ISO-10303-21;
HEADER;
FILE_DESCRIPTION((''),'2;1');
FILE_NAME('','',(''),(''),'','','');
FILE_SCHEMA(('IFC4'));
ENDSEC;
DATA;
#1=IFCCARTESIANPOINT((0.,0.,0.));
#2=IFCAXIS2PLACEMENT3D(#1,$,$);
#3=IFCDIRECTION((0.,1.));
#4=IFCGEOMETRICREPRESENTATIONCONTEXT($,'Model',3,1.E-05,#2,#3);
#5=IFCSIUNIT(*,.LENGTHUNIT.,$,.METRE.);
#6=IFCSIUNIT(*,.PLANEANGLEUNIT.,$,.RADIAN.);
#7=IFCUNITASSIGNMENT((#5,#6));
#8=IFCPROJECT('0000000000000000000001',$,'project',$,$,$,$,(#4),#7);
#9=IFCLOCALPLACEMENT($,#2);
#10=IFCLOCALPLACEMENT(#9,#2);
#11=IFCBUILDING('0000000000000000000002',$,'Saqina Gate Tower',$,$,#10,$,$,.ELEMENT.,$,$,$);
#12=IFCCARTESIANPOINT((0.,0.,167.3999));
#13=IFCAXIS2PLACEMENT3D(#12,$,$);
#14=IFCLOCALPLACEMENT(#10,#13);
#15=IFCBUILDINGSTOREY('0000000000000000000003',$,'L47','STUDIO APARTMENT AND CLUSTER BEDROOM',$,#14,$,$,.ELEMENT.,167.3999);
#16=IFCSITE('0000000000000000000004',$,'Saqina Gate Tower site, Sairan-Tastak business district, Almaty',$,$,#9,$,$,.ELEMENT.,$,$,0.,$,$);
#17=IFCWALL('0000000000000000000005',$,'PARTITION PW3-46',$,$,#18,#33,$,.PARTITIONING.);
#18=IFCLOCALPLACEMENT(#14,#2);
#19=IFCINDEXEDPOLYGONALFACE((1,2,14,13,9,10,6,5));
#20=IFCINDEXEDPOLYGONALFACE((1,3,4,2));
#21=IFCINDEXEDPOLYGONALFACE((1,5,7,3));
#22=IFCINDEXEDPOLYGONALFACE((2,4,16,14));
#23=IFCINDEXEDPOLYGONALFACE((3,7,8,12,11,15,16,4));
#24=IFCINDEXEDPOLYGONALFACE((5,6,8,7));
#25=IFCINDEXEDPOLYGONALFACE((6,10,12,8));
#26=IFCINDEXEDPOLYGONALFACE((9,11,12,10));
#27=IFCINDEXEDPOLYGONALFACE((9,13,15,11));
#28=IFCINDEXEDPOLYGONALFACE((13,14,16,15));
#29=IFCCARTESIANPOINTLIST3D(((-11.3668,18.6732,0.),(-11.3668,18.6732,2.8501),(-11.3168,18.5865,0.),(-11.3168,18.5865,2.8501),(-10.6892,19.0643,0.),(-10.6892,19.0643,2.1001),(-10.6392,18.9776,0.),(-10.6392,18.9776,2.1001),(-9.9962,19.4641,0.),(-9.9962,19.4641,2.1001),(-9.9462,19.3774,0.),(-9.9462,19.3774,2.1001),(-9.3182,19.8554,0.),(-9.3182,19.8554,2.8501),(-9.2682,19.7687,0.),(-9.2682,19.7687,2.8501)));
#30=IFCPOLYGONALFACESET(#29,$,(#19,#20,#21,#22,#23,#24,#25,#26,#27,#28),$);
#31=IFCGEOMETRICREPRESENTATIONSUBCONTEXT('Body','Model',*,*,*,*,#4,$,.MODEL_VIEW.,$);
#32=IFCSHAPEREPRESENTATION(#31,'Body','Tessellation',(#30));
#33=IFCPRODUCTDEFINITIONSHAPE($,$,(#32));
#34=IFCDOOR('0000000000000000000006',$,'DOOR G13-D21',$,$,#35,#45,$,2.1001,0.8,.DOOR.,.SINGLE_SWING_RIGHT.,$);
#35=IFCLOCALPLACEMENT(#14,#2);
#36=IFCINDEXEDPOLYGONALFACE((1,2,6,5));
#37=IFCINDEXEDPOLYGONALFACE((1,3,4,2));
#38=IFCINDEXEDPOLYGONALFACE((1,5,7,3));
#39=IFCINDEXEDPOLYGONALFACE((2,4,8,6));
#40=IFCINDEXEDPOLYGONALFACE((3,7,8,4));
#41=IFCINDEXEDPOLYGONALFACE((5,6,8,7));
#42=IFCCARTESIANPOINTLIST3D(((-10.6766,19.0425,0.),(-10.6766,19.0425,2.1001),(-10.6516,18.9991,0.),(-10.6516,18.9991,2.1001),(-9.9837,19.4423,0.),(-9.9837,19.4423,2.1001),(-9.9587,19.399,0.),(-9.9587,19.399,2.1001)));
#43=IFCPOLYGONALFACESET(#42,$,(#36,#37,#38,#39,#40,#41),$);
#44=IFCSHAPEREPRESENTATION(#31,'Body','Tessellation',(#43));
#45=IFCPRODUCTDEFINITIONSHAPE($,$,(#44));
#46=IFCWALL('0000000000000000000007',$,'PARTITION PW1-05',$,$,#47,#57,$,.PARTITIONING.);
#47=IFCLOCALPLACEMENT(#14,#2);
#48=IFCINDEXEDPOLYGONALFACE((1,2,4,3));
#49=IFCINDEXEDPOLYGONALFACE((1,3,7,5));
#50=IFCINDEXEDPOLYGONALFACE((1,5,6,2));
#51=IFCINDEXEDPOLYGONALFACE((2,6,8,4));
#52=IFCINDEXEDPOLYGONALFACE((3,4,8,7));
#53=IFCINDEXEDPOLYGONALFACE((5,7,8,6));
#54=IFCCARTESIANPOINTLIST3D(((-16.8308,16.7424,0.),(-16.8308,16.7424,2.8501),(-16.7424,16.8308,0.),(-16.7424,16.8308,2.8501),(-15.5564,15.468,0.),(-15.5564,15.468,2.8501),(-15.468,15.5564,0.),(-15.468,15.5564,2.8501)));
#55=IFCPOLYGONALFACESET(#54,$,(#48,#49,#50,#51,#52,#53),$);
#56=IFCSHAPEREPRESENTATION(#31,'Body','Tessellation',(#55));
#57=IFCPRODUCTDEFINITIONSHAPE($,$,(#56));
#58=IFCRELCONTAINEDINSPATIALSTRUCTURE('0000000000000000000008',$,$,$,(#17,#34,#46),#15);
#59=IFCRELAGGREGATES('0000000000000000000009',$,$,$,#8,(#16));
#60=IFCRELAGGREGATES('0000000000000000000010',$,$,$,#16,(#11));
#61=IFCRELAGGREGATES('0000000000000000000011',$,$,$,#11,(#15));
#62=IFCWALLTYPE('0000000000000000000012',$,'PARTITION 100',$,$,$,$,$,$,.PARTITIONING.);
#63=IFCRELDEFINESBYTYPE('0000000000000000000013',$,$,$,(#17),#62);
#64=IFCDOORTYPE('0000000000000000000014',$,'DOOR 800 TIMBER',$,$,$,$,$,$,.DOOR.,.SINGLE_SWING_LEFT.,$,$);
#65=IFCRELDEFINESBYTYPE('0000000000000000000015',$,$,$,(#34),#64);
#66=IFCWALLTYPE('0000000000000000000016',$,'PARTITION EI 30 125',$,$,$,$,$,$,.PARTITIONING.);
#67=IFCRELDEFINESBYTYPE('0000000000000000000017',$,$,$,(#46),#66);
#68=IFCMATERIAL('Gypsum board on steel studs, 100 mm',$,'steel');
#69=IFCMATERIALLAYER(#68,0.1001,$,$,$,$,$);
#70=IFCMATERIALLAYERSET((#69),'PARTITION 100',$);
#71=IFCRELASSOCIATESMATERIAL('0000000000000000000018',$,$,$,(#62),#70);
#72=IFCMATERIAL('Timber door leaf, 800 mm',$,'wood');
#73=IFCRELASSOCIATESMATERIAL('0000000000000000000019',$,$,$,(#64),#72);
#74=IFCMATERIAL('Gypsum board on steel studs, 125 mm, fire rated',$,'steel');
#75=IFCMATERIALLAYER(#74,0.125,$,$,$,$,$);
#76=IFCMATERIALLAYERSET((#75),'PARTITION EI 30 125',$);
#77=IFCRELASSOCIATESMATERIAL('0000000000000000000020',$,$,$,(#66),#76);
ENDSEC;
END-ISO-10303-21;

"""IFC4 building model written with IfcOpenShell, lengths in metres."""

from ifc_helpers import new_model, si_unit, direction, frame, frame_2d, origin, place, context, subcontext, project, spatial, rectangle, extrude, material, layer, layer_set, type_object, element, fill, save


model = new_model("IFC4")

# Units and contexts
model_context = context("Model", 3, precision=1e-05, world=origin(), true_north=direction((0.0, 1.0)))
body_context = subcontext(model_context, "Body", "Model", "MODEL_VIEW")
ifc_project = project(units=[si_unit("LENGTHUNIT", "METRE"), si_unit("PLANEANGLEUNIT", "RADIAN")], contexts=[model_context])

# Site, building, storey
site_placement = place(None, origin())
site = spatial("IfcSite", under=ifc_project, at=site_placement, Name="Saqina Gate Tower site, Sairan-Tastak business district, Almaty", CompositionType="ELEMENT", RefElevation=0.0)
building_placement = place(site_placement, origin())
building = spatial("IfcBuilding", under=site, at=building_placement, Name="Saqina Gate Tower", CompositionType="ELEMENT")
storey_placement = place(building_placement, frame((0.0, 0.0, 167.3999)))
storey = spatial("IfcBuildingStorey", under=building, at=storey_placement, Name="L47", Description="STUDIO APARTMENT AND CLUSTER BEDROOM", CompositionType="ELEMENT", Elevation=167.3999)

# Shared definitions
ifc_material_1 = material(Name="Gypsum board on steel studs, 100 mm", Category="steel")
ifc_layer_1 = layer(ifc_material_1, 0.1001)
ifc_layer_set_1 = layer_set([ifc_layer_1], Name="PARTITION 100")
wall_type_1 = type_object("IfcWallType", Name="PARTITION 100", PredefinedType="PARTITIONING", material=ifc_layer_set_1)

# Wall, opening, door
wall_1_placement = place(storey_placement, frame((-11.3418, 18.6299, 0.0), z_axis=(0.0, 0.0, 1.0), x_axis=(0.866139, 0.499803, 0.0)))
wall_1 = element("IfcWall", 1, at=wall_1_placement, inside=storey, type_object=wall_type_1, Name="PARTITION PW3-46", PredefinedType="PARTITIONING", context=body_context, shape_type="SweptSolid", body=[
    extrude(rectangle(XDim=2.3652, YDim=0.1001, at=frame_2d((1.1826, 0.0))), origin(), (0.0, 0.0, 1.0), 2.8501),
])
opening_1_placement = place(wall_1_placement, frame((0.7825, 0.0, 0.0)))
opening_1 = element("IfcOpeningElement", 2, at=opening_1_placement, cuts=wall_1, PredefinedType="OPENING", context=body_context, shape_type="SweptSolid", body=[
    extrude(rectangle(XDim=0.8, YDim=2.1001, at=frame_2d((0.3999, 1.05))), frame((0.0, 0.062, 0.0), z_axis=(0.0, -1.0, 0.0), x_axis=(1.0, 0.0, 0.0)), (0.0, 0.0, 1.0), 0.124),
])
ifc_material_2 = material(Name="Timber door leaf, 800 mm", Category="wood")
door_type = type_object("IfcDoorType", Name="DOOR 800 TIMBER", OperationType="SINGLE_SWING_LEFT", PredefinedType="DOOR", material=ifc_material_2)
door_placement = place(opening_1_placement, origin())
door = element("IfcDoor", 3, at=door_placement, inside=storey, type_object=door_type, Name="DOOR G13-D21", OperationType="SINGLE_SWING_RIGHT", OverallHeight=2.1001, OverallWidth=0.8, PredefinedType="DOOR", context=body_context, shape_type="SweptSolid", body=[
    extrude(rectangle(XDim=0.8, YDim=2.1001, at=frame_2d((0.3999, 1.05))), frame((0.0, 0.0249, 0.0), z_axis=(0.0, -1.0, 0.0), x_axis=(1.0, 0.0, 0.0)), (0.0, 0.0, 1.0), 0.05),
])
fill(opening_1, door)

# Wall
ifc_material_3 = material(Name="Gypsum board on steel studs, 125 mm, fire rated", Category="steel")
ifc_layer_2 = layer(ifc_material_3, 0.125)
ifc_layer_set_2 = layer_set([ifc_layer_2], Name="PARTITION EI 30 125")
wall_type_2 = type_object("IfcWallType", Name="PARTITION EI 30 125", PredefinedType="PARTITIONING", material=ifc_layer_set_2)
wall_2_placement = place(storey_placement, frame((-16.7866, 16.7866, 0.0), z_axis=(0.0, 0.0, 1.0), x_axis=(0.707107, -0.707107, 0.0)))
element("IfcWall", 4, at=wall_2_placement, inside=storey, type_object=wall_type_2, Name="PARTITION PW1-05", PredefinedType="PARTITIONING", context=body_context, shape_type="SweptSolid", body=[
    extrude(rectangle(XDim=1.8022, YDim=0.125, at=frame_2d((0.9011, 0.0))), origin(), (0.0, 0.0, 1.0), 2.8501),
])

save(model, "model.ifc")
